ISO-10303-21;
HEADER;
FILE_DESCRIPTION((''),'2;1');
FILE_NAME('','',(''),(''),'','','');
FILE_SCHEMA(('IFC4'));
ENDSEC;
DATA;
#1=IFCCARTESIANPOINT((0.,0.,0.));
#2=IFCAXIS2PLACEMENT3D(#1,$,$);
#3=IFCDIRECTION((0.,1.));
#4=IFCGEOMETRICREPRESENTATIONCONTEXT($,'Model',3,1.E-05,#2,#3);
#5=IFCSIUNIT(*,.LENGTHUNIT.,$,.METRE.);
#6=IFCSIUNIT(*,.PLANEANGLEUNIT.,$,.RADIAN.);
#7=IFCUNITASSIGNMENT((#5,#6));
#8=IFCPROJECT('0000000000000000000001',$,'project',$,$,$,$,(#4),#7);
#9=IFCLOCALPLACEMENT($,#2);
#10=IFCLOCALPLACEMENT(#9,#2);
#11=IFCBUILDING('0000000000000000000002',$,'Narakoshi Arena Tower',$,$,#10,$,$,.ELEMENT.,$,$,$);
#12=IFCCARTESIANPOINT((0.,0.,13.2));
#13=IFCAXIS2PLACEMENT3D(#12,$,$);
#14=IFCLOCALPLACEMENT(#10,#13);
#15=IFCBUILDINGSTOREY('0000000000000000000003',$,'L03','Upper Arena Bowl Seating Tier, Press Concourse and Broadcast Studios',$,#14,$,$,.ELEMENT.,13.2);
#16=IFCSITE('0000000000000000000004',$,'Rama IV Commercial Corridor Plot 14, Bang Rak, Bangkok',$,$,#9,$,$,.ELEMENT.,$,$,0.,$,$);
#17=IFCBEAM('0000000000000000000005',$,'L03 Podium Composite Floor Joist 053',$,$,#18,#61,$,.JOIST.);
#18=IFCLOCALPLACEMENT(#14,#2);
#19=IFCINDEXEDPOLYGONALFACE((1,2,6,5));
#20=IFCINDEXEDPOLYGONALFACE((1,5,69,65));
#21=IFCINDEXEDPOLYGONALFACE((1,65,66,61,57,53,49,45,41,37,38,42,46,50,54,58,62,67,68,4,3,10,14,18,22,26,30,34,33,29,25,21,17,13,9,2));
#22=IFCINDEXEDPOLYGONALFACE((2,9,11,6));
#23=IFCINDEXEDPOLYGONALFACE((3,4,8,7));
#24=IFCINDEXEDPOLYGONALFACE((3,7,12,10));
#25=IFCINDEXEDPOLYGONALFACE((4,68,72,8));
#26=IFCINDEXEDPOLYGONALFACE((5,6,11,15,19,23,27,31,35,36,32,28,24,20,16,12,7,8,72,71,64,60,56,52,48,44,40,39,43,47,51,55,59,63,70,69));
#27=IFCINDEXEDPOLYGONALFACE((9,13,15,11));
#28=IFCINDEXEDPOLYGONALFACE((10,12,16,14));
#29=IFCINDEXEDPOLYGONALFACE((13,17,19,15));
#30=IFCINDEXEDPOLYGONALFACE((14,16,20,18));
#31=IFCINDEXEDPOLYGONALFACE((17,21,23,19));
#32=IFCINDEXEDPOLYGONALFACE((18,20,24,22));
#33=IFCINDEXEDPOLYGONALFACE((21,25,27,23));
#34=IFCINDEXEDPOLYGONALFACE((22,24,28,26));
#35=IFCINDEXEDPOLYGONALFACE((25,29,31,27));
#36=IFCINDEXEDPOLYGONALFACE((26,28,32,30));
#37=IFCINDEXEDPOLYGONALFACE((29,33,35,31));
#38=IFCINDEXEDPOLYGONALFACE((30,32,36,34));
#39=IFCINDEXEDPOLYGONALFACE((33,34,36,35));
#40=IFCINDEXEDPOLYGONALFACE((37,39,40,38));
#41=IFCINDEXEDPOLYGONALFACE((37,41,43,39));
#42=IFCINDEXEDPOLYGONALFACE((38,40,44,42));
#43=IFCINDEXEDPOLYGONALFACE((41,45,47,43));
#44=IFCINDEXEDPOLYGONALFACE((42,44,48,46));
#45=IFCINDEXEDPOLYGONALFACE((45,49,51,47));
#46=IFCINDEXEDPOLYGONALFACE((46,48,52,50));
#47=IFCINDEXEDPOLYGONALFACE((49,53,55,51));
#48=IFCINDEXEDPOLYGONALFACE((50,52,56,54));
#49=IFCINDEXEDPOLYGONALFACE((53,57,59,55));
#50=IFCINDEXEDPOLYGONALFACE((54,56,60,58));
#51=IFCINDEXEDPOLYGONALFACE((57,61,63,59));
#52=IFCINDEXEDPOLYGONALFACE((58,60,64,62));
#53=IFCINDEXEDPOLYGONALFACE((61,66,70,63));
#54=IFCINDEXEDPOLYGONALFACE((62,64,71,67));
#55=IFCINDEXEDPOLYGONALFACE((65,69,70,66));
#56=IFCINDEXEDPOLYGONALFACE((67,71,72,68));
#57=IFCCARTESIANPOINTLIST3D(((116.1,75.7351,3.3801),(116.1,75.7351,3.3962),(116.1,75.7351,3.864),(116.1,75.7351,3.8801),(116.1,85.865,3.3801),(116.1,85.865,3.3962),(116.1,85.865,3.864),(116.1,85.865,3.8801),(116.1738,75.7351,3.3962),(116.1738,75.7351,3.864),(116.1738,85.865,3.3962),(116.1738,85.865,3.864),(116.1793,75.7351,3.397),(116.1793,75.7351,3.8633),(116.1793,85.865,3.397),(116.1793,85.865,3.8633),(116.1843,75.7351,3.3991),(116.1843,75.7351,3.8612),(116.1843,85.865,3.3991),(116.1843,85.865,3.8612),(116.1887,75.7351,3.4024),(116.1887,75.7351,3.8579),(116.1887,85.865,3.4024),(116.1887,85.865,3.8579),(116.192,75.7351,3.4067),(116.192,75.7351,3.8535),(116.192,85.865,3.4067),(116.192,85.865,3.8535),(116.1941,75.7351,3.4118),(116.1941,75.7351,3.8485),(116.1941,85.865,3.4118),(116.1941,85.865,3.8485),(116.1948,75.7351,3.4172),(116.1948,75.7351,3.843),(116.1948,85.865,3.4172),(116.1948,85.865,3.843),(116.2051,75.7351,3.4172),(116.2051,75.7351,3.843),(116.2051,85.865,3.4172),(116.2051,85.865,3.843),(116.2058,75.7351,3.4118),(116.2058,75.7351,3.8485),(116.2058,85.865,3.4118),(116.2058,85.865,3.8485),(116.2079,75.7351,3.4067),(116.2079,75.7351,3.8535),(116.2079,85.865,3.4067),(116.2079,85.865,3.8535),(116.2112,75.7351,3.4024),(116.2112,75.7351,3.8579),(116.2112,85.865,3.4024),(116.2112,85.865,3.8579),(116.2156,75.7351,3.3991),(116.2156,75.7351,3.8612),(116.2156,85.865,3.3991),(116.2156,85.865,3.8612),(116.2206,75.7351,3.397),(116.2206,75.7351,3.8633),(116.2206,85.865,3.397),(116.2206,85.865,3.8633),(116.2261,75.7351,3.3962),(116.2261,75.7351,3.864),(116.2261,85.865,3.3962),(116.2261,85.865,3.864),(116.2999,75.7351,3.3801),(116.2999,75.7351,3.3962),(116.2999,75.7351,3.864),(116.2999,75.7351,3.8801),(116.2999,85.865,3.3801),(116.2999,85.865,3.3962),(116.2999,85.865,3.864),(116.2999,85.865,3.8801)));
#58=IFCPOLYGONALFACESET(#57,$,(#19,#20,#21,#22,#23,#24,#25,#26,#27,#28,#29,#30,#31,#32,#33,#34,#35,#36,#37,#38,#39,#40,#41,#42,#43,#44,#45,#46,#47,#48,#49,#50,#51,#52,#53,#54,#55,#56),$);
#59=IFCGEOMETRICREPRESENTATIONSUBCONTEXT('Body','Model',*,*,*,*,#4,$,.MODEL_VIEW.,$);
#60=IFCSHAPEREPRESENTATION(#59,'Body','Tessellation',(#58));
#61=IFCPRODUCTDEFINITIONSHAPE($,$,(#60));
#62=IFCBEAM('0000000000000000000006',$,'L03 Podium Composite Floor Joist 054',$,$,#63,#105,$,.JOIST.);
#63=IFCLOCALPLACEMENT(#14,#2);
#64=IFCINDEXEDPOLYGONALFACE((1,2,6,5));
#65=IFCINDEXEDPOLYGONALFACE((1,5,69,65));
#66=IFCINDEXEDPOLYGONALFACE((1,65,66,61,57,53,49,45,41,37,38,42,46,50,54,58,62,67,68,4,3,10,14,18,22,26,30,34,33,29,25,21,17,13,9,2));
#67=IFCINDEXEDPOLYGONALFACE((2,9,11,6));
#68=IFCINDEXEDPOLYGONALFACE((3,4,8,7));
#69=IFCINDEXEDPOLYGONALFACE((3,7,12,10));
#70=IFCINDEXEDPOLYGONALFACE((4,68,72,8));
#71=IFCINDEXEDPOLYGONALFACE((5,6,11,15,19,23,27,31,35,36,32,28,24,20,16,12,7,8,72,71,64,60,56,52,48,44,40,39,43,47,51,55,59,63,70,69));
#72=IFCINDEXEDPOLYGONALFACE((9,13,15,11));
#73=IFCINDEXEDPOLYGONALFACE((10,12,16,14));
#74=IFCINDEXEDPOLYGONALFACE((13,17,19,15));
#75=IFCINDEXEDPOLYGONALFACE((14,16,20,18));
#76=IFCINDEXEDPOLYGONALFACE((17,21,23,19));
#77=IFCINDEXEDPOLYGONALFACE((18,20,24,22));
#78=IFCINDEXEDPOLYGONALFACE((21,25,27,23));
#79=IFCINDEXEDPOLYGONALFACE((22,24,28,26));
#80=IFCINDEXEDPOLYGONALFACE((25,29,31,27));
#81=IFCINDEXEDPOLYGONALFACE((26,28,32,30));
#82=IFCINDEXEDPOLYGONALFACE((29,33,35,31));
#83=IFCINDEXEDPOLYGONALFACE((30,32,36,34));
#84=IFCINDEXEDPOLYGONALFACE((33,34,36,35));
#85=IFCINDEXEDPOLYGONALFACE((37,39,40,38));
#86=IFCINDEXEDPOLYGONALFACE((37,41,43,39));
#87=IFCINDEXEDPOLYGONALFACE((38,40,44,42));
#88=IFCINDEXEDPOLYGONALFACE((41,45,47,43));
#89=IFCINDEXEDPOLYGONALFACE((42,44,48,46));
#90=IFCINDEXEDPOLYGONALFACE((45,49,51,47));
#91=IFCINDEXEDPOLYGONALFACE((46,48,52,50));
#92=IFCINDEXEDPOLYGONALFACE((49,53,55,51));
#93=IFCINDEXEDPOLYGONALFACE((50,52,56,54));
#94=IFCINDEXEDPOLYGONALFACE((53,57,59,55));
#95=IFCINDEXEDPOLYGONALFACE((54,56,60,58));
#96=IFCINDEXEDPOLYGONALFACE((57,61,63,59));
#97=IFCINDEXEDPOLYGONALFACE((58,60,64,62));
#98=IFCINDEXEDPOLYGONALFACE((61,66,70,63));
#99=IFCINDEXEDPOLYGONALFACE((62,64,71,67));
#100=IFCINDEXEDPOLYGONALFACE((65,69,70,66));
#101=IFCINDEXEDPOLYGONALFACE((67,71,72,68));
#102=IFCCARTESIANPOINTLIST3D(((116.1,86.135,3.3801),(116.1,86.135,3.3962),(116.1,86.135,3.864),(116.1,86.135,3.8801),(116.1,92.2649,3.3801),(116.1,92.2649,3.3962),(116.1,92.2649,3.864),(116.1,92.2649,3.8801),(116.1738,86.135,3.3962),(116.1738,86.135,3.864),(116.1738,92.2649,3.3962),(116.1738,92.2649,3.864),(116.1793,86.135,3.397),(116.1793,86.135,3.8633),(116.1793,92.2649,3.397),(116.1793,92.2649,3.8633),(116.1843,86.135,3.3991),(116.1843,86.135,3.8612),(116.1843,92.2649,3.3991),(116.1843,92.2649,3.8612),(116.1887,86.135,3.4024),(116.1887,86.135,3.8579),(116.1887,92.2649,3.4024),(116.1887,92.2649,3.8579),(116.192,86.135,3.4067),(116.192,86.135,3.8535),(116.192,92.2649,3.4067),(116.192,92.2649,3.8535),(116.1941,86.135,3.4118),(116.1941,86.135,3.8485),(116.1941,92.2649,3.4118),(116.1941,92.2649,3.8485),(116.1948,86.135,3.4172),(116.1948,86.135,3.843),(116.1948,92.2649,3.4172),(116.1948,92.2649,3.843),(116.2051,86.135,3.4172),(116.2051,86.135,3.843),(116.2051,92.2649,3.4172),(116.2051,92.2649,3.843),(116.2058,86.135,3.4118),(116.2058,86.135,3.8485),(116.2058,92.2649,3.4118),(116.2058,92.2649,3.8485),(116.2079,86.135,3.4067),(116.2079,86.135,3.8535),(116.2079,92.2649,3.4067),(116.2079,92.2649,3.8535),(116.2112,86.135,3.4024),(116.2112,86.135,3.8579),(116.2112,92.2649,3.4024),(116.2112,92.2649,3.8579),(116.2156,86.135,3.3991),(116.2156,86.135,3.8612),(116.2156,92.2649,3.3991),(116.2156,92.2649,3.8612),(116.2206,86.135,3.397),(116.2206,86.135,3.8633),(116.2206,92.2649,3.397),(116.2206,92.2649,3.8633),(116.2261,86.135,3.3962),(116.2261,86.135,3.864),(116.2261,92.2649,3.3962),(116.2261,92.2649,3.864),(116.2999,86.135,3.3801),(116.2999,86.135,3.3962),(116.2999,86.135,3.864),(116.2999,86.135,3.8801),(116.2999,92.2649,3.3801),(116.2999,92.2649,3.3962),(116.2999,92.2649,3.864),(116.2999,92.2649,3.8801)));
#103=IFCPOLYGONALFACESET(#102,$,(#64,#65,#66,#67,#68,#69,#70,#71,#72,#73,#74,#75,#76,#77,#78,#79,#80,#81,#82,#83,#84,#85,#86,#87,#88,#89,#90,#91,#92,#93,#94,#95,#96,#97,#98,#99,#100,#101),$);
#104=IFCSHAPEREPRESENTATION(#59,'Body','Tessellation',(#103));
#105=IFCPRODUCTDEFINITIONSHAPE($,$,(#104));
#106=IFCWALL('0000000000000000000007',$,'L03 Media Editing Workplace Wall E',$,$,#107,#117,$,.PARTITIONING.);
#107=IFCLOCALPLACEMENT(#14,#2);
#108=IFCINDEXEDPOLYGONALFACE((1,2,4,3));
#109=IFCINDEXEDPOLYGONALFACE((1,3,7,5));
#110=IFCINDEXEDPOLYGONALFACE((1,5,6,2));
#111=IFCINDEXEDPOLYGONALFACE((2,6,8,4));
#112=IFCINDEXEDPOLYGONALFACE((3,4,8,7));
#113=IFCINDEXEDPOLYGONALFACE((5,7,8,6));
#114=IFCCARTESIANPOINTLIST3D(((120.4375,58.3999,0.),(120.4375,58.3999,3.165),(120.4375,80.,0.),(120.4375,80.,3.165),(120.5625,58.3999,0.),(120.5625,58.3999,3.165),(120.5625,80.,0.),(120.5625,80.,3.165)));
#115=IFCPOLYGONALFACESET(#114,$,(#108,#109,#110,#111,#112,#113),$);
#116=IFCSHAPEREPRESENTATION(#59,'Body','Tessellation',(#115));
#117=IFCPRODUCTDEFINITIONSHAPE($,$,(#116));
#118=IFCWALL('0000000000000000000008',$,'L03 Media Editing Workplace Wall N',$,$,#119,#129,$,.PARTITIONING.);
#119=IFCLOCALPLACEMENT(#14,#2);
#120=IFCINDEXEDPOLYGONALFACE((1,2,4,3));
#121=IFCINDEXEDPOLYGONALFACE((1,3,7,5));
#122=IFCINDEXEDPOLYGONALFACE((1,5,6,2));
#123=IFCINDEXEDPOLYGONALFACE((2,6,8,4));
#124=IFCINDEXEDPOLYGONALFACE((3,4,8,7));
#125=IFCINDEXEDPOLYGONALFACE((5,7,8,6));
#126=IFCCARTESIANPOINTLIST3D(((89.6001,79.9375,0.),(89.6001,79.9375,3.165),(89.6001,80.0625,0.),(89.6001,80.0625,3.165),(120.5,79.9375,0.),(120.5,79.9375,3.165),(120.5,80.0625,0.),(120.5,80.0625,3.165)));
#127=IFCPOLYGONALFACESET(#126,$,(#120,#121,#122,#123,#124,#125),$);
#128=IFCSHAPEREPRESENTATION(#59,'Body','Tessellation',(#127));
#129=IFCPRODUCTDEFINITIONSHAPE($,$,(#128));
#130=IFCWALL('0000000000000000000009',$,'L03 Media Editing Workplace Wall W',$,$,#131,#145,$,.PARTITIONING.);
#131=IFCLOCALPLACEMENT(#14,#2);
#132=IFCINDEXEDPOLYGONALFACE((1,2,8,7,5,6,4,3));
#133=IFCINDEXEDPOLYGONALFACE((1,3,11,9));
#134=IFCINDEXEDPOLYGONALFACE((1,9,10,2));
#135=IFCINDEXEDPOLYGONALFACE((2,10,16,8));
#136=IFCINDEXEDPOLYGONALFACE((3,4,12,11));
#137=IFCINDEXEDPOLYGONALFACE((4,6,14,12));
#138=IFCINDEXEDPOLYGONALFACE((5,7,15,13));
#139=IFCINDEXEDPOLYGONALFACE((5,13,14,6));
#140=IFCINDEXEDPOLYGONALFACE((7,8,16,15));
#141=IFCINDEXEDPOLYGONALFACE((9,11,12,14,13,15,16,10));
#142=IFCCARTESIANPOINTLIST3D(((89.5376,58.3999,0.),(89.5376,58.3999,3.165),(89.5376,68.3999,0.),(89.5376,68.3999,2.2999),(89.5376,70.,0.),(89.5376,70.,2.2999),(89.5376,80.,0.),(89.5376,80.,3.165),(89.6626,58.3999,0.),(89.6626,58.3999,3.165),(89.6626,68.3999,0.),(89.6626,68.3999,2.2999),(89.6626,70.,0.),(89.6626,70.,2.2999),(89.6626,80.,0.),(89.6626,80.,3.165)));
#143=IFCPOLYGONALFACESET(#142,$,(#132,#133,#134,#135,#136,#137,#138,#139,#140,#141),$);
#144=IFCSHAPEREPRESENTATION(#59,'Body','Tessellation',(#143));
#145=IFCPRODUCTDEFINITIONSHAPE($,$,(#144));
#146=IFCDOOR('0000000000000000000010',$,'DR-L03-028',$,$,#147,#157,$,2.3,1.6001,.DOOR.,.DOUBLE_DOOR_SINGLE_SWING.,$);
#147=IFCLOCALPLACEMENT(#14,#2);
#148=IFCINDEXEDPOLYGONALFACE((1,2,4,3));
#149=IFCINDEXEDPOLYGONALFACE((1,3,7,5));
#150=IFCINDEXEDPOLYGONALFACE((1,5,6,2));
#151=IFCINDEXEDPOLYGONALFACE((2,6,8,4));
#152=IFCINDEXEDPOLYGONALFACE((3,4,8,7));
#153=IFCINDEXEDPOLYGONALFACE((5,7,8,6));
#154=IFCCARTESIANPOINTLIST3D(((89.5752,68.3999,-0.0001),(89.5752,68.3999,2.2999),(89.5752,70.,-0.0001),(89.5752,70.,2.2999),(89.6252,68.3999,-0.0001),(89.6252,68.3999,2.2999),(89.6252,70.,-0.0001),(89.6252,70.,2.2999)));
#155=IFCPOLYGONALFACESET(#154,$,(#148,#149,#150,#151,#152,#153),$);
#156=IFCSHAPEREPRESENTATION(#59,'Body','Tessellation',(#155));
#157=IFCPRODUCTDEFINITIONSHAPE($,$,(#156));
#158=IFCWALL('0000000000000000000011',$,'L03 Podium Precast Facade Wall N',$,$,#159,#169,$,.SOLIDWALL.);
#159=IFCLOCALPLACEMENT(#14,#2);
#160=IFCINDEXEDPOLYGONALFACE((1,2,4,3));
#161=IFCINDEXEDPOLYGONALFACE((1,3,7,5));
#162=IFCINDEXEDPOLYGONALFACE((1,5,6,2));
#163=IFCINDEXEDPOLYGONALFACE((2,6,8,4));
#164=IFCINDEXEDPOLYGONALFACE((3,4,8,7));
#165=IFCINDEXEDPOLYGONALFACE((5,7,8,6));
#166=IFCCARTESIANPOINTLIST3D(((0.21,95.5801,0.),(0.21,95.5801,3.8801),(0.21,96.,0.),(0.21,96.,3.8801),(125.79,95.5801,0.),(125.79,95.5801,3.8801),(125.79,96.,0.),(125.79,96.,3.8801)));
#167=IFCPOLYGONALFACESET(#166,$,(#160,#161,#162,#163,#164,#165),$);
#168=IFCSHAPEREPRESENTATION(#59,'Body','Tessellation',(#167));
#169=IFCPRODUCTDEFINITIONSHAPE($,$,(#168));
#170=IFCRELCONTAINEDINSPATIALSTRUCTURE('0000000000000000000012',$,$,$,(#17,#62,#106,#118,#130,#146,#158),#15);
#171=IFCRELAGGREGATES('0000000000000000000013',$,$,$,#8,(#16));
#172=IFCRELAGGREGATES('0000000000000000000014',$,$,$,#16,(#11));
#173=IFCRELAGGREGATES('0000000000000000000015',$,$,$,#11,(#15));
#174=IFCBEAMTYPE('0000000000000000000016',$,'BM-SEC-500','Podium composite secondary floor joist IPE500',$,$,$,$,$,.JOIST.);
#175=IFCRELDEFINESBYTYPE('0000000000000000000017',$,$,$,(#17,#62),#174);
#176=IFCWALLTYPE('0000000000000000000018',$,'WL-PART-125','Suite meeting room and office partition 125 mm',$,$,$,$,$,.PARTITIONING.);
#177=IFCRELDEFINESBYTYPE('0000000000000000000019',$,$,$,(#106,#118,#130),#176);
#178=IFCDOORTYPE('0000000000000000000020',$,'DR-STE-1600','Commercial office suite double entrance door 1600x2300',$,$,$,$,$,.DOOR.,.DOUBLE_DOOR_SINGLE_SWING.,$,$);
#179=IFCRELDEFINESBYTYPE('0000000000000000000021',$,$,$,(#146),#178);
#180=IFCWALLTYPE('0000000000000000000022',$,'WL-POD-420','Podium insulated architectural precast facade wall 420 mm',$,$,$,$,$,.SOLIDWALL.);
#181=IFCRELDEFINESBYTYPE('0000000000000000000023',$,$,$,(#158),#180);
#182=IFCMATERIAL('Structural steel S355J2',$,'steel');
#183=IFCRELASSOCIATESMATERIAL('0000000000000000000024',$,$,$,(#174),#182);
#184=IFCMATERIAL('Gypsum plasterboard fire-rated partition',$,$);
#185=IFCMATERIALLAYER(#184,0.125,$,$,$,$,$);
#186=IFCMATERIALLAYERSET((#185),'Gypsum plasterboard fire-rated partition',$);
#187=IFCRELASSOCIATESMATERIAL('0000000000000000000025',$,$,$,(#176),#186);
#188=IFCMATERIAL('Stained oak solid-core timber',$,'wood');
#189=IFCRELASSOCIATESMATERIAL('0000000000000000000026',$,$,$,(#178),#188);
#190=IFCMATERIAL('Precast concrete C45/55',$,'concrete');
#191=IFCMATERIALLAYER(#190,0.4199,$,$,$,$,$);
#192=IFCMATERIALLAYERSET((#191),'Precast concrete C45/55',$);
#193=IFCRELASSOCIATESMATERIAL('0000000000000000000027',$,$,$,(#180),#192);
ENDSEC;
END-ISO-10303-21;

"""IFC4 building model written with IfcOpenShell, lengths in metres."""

from ifc_helpers import new_model, si_unit, direction, frame, frame_2d, origin, origin_2d, place, context, subcontext, project, spatial, rectangle, i_section, extrude, material, layer, layer_set, material_profile, profile_set, type_object, element, fill, save


model = new_model("IFC4")

# Units and contexts
model_context = context("Model", 3, precision=1e-05, world=origin(), true_north=direction((0.0, 1.0)))
body_context = subcontext(model_context, "Body", "Model", "MODEL_VIEW")
ifc_project = project(units=[si_unit("LENGTHUNIT", "METRE"), si_unit("PLANEANGLEUNIT", "RADIAN")], contexts=[model_context])

# Site, building, storey
site_placement = place(None, origin())
site = spatial("IfcSite", under=ifc_project, at=site_placement, Name="Rama IV Commercial Corridor Plot 14, Bang Rak, Bangkok", CompositionType="ELEMENT", RefElevation=0.0)
building_placement = place(site_placement, origin())
building = spatial("IfcBuilding", under=site, at=building_placement, Name="Narakoshi Arena Tower", CompositionType="ELEMENT")
storey_placement = place(building_placement, frame((0.0, 0.0, 13.2)))
storey = spatial("IfcBuildingStorey", under=building, at=storey_placement, Name="L03", Description="Upper Arena Bowl Seating Tier, Press Concourse and Broadcast Studios", CompositionType="ELEMENT", Elevation=13.2)

# Beams
ifc_material_1 = material(Name="Structural steel S355J2", Category="steel")
ifc_material_profile_1 = material_profile(ifc_material_1, i_section(OverallWidth=0.2, OverallDepth=0.5, WebThickness=0.0103, FlangeThickness=0.0161, FilletRadius=0.021, at=origin_2d()), Name="IPE500")
ifc_profile_set_1 = profile_set([ifc_material_profile_1], Name="Structural steel S355J2")
beam_type_1 = type_object("IfcBeamType", Name="BM-SEC-500", Description="Podium composite secondary floor joist IPE500", PredefinedType="JOIST", material=ifc_profile_set_1)
beam_1_placement = place(storey_placement, frame((116.2, 75.7351, 3.6301), z_axis=(0.0, 1.0, 0.0), x_axis=(-1.0, 0.0, 0.0)))
element("IfcBeam", 1, at=beam_1_placement, inside=storey, type_object=beam_type_1, Name="L03 Podium Composite Floor Joist 053", PredefinedType="JOIST", context=body_context, shape_type="SweptSolid", body=[
    extrude(i_section(OverallWidth=0.2, OverallDepth=0.5, WebThickness=0.0103, FlangeThickness=0.0161, FilletRadius=0.021, at=origin_2d()), origin(), (0.0, 0.0, 1.0), 10.1299),
])
beam_2_placement = place(storey_placement, frame((116.2, 86.135, 3.6301), z_axis=(0.0, 1.0, 0.0), x_axis=(-1.0, 0.0, 0.0)))
element("IfcBeam", 2, at=beam_2_placement, inside=storey, type_object=beam_type_1, Name="L03 Podium Composite Floor Joist 054", PredefinedType="JOIST", context=body_context, shape_type="SweptSolid", body=[
    extrude(i_section(OverallWidth=0.2, OverallDepth=0.5, WebThickness=0.0103, FlangeThickness=0.0161, FilletRadius=0.021, at=origin_2d()), origin(), (0.0, 0.0, 1.0), 6.1299),
])

# Walls
ifc_material_2 = material(Name="Gypsum plasterboard fire-rated partition")
ifc_layer_1 = layer(ifc_material_2, 0.125)
ifc_layer_set_1 = layer_set([ifc_layer_1], Name="Gypsum plasterboard fire-rated partition")
wall_type_1 = type_object("IfcWallType", Name="WL-PART-125", Description="Suite meeting room and office partition 125 mm", PredefinedType="PARTITIONING", material=ifc_layer_set_1)
wall_1_placement = place(storey_placement, frame((120.5, 58.3999, 0.0), z_axis=(0.0, 0.0, 1.0), x_axis=(0.0, 1.0, 0.0)))
element("IfcWall", 3, at=wall_1_placement, inside=storey, type_object=wall_type_1, Name="L03 Media Editing Workplace Wall E", PredefinedType="PARTITIONING", context=body_context, shape_type="SweptSolid", body=[
    extrude(rectangle(XDim=21.6001, YDim=0.125, at=frame_2d((10.8, 0.0))), origin(), (0.0, 0.0, 1.0), 3.165),
])
wall_2_placement = place(storey_placement, frame((120.5, 80.0, 0.0), z_axis=(0.0, 0.0, 1.0), x_axis=(-1.0, 0.0, 0.0)))
element("IfcWall", 4, at=wall_2_placement, inside=storey, type_object=wall_type_1, Name="L03 Media Editing Workplace Wall N", PredefinedType="PARTITIONING", context=body_context, shape_type="SweptSolid", body=[
    extrude(rectangle(XDim=30.8999, YDim=0.125, at=frame_2d((15.45, 0.0))), origin(), (0.0, 0.0, 1.0), 3.165),
])

# Wall, opening, door
wall_3_placement = place(storey_placement, frame((89.6001, 80.0, 0.0), z_axis=(0.0, 0.0, 1.0), x_axis=(0.0, -1.0, 0.0)))
wall_3 = element("IfcWall", 5, at=wall_3_placement, inside=storey, type_object=wall_type_1, Name="L03 Media Editing Workplace Wall W", PredefinedType="PARTITIONING", context=body_context, shape_type="SweptSolid", body=[
    extrude(rectangle(XDim=21.6001, YDim=0.125, at=frame_2d((10.8, 0.0))), origin(), (0.0, 0.0, 1.0), 3.165),
])
opening_placement = place(wall_3_placement, frame((10.0, 0.0, 0.0)))
opening = element("IfcOpeningElement", 6, at=opening_placement, cuts=wall_3, PredefinedType="OPENING", context=body_context, shape_type="SweptSolid", body=[
    extrude(rectangle(XDim=1.6001, YDim=2.3, at=frame_2d((0.8, 1.1499))), frame((0.0, 0.0725, 0.0), z_axis=(0.0, -1.0, 0.0), x_axis=(1.0, 0.0, 0.0)), (0.0, 0.0, 1.0), 0.145),
])
ifc_material_3 = material(Name="Stained oak solid-core timber", Category="wood")
door_type = type_object("IfcDoorType", Name="DR-STE-1600", Description="Commercial office suite double entrance door 1600x2300", OperationType="DOUBLE_DOOR_SINGLE_SWING", PredefinedType="DOOR", material=ifc_material_3)
door_placement = place(opening_placement, frame((1.6001, 0.0, 0.0), z_axis=(0.0, 0.0, 1.0), x_axis=(-1.0, 0.0, 0.0)))
door = element("IfcDoor", 7, at=door_placement, inside=storey, type_object=door_type, Name="DR-L03-028", OperationType="DOUBLE_DOOR_SINGLE_SWING", OverallHeight=2.3, OverallWidth=1.6001, PredefinedType="DOOR", context=body_context, shape_type="SweptSolid", body=[
    extrude(rectangle(XDim=1.6001, YDim=2.3, at=frame_2d((0.8, 1.1499))), frame((0.0, 0.0249, 0.0), z_axis=(0.0, -1.0, 0.0), x_axis=(1.0, 0.0, 0.0)), (0.0, 0.0, 1.0), 0.05),
])
fill(opening, door)

# Wall
ifc_material_4 = material(Name="Precast concrete C45/55", Category="concrete")
ifc_layer_2 = layer(ifc_material_4, 0.4199)
ifc_layer_set_2 = layer_set([ifc_layer_2], Name="Precast concrete C45/55")
wall_type_2 = type_object("IfcWallType", Name="WL-POD-420", Description="Podium insulated architectural precast facade wall 420 mm", PredefinedType="SOLIDWALL", material=ifc_layer_set_2)
wall_4_placement = place(storey_placement, frame((125.79, 95.79, 0.0), z_axis=(0.0, 0.0, 1.0), x_axis=(-1.0, 0.0, 0.0)))
element("IfcWall", 8, at=wall_4_placement, inside=storey, type_object=wall_type_2, Name="L03 Podium Precast Facade Wall N", PredefinedType="SOLIDWALL", context=body_context, shape_type="SweptSolid", body=[
    extrude(rectangle(XDim=125.5801, YDim=0.4199, at=frame_2d((62.79, 0.0))), origin(), (0.0, 0.0, 1.0), 3.8801),
])

save(model, "model.ifc")
